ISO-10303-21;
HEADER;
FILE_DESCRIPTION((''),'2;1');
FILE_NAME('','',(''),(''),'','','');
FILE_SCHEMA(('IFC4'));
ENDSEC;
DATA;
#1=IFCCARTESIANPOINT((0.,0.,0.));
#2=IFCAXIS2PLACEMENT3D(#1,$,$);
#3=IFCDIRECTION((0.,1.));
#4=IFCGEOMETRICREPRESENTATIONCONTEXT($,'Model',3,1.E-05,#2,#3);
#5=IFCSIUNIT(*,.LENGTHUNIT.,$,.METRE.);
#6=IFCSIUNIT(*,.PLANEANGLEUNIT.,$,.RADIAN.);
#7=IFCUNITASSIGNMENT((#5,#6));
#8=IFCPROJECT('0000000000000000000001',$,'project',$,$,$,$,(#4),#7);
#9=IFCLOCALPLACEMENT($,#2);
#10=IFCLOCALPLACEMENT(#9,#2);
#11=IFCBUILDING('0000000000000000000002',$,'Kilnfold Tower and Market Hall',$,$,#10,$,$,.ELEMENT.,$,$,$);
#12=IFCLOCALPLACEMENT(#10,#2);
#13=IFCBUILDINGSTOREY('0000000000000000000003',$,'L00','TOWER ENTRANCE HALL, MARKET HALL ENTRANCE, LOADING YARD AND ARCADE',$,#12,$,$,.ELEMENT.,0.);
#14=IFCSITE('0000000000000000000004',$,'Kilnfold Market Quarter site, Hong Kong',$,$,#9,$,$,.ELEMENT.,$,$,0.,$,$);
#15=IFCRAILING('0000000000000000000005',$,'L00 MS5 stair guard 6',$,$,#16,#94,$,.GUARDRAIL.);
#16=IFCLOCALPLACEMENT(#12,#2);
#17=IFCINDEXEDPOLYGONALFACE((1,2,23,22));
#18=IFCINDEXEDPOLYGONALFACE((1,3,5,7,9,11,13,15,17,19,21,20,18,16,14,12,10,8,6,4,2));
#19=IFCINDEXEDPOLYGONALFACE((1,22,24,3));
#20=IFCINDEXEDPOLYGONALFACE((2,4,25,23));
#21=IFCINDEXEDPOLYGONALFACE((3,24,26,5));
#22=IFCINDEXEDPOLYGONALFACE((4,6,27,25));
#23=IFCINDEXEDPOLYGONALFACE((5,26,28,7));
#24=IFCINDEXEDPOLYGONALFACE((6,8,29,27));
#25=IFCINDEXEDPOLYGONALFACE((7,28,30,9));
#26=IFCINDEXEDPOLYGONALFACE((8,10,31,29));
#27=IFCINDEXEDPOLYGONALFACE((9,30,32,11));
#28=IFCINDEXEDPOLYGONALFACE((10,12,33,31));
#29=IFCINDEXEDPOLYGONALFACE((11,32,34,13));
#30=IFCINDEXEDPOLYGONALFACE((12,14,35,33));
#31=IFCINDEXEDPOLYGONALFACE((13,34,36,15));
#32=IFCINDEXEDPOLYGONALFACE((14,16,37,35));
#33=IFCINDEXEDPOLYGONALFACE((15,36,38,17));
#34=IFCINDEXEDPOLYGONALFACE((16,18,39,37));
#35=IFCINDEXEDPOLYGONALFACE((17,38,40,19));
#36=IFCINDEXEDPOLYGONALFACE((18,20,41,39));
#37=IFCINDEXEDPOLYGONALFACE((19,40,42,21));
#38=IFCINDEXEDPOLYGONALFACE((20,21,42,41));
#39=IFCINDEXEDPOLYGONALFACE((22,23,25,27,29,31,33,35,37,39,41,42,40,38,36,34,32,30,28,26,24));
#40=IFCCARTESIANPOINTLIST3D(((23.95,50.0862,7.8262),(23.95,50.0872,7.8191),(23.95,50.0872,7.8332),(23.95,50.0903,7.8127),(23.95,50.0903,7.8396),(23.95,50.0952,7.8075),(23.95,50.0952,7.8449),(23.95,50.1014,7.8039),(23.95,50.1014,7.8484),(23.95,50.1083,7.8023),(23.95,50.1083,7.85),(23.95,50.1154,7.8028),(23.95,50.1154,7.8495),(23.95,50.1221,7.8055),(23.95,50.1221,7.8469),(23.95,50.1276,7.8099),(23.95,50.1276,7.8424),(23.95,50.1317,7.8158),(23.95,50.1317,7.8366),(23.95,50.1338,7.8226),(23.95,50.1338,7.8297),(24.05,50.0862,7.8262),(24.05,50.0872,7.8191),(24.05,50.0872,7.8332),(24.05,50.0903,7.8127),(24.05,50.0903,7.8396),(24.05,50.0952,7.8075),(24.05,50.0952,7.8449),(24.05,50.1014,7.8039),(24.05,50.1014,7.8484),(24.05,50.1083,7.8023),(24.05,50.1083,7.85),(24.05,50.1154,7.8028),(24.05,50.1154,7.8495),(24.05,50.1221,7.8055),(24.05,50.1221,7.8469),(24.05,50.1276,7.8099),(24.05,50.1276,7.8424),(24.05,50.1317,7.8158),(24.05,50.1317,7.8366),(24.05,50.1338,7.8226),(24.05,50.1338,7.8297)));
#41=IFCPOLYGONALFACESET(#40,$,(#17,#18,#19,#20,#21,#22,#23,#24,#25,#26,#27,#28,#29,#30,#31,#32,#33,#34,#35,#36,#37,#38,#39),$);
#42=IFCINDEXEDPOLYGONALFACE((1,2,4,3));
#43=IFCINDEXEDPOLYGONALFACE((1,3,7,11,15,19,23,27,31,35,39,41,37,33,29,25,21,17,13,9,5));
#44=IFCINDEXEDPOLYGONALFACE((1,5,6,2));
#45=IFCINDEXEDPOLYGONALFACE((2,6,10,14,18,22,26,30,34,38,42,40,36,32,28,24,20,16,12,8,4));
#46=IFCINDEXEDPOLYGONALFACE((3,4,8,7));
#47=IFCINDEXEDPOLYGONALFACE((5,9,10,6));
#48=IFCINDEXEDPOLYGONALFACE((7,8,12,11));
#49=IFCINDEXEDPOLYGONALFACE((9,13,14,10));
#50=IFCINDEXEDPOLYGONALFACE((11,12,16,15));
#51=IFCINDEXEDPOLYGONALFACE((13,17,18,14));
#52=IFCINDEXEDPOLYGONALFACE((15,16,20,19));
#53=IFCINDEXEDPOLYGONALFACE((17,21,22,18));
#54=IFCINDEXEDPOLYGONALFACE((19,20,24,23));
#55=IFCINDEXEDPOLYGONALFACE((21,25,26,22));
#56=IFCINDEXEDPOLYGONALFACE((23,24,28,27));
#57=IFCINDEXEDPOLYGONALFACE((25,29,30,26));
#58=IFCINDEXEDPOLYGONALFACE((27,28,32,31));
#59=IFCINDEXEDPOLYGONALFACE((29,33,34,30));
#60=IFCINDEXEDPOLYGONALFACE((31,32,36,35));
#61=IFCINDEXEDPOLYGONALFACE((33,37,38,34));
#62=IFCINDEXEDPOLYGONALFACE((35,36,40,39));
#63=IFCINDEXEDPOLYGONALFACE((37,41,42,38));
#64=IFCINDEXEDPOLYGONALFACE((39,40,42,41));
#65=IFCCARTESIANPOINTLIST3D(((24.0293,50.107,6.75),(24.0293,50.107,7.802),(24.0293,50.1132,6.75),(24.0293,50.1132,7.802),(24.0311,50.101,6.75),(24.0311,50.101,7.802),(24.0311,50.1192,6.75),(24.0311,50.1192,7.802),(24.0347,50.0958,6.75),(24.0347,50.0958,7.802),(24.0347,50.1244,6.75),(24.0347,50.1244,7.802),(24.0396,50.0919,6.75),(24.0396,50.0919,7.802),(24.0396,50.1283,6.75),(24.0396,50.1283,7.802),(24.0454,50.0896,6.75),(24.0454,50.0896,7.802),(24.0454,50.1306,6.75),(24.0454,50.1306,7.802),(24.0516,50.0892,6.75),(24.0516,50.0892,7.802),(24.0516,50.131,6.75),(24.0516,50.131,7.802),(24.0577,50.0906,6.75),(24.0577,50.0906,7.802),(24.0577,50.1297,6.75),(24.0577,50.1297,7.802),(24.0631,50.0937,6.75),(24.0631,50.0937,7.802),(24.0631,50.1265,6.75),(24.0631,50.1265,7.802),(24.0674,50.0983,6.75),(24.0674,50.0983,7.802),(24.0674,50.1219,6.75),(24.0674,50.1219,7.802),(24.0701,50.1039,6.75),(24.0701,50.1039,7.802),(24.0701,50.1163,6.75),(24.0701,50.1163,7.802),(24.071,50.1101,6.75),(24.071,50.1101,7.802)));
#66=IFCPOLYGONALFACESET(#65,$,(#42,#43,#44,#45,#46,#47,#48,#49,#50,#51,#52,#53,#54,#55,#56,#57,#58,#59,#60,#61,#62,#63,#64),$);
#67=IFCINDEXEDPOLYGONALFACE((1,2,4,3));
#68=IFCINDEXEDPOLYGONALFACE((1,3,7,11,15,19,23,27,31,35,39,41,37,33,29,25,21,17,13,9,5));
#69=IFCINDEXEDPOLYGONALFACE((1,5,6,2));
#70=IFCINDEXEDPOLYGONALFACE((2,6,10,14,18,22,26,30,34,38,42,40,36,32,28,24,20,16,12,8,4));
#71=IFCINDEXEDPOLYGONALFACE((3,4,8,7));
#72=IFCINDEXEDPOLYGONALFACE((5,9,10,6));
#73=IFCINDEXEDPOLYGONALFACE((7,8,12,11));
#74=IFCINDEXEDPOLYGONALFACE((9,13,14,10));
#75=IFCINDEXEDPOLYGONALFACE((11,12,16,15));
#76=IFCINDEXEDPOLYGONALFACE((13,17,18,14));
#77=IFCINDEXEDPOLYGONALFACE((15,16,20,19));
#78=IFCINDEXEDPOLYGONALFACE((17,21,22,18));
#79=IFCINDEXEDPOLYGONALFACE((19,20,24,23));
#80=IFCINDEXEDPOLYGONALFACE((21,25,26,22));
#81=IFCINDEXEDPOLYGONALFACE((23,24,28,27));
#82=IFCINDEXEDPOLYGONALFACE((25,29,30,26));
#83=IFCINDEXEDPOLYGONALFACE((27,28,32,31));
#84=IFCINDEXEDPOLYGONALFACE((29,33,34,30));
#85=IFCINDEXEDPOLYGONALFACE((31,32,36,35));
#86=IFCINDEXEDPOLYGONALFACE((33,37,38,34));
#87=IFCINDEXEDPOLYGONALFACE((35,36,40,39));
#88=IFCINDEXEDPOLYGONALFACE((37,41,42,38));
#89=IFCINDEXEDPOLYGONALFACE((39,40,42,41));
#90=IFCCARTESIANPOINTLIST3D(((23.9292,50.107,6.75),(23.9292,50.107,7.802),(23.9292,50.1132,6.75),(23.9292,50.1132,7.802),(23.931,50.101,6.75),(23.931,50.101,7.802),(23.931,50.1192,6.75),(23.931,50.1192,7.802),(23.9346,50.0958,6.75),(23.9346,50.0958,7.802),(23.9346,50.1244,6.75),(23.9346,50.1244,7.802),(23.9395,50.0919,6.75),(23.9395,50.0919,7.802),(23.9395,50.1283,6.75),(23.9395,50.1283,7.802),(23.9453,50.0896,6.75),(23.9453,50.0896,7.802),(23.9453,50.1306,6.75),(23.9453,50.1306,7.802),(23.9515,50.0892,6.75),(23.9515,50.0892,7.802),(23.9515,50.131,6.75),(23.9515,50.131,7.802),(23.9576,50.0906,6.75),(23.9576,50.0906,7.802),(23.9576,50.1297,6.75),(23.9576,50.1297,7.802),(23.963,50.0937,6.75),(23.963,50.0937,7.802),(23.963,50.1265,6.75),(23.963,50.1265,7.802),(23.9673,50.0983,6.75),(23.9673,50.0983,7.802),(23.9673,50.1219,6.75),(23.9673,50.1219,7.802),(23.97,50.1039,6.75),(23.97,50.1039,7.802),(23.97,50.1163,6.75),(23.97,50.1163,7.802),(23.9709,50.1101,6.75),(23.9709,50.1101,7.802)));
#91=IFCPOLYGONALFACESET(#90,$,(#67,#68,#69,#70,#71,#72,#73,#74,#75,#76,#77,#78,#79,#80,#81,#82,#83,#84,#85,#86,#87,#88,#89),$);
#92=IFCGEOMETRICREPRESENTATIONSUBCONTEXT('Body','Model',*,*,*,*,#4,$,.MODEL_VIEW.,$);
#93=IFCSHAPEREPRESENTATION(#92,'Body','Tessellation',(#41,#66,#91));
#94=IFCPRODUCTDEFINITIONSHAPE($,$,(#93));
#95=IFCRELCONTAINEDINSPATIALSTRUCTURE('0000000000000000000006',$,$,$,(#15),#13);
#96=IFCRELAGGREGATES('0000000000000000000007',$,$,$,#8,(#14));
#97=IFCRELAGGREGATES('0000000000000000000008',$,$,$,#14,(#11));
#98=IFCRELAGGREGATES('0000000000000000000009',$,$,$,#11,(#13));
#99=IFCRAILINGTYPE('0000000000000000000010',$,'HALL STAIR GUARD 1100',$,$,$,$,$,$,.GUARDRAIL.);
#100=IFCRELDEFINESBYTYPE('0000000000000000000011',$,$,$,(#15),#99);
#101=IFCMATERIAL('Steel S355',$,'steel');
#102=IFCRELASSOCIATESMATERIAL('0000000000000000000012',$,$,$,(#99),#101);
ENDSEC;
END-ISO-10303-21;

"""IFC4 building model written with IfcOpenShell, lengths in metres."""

from ifc_helpers import new_model, si_unit, direction, frame, origin, origin_2d, place, context, subcontext, project, spatial, circle, extrude, material, type_object, element, save


model = new_model("IFC4")

# Units and contexts
model_context = context("Model", 3, precision=1e-05, world=origin(), true_north=direction((0.0, 1.0)))
body_context = subcontext(model_context, "Body", "Model", "MODEL_VIEW")
ifc_project = project(units=[si_unit("LENGTHUNIT", "METRE"), si_unit("PLANEANGLEUNIT", "RADIAN")], contexts=[model_context])

# Site, building, storey
site_placement = place(None, origin())
site = spatial("IfcSite", under=ifc_project, at=site_placement, Name="Kilnfold Market Quarter site, Hong Kong", CompositionType="ELEMENT", RefElevation=0.0)
building_placement = place(site_placement, origin())
building = spatial("IfcBuilding", under=site, at=building_placement, Name="Kilnfold Tower and Market Hall", CompositionType="ELEMENT")
storey_placement = place(building_placement, origin())
storey = spatial("IfcBuildingStorey", under=building, at=storey_placement, Name="L00", Description="TOWER ENTRANCE HALL, MARKET HALL ENTRANCE, LOADING YARD AND ARCADE", CompositionType="ELEMENT", Elevation=0.0)

# Railing
ifc_material_1 = material(Name="Steel S355", Category="steel")
railing_type_1 = type_object("IfcRailingType", Name="HALL STAIR GUARD 1100", PredefinedType="GUARDRAIL", material=ifc_material_1)
railing_1_placement = place(storey_placement, frame((24.05, 50.1101, 6.75)))
element("IfcRailing", 1, at=railing_1_placement, inside=storey, type_object=railing_type_1, Name="L00 MS5 stair guard 6", PredefinedType="GUARDRAIL", context=body_context, shape_type="SweptSolid", body=[
    extrude(circle(Radius=0.0239, at=origin_2d()), frame((0.0, 0.0, 1.0762), z_axis=(-1.0, 0.0, 0.0), x_axis=(0.0, -1.0, 0.0)), (0.0, 0.0, 1.0), 0.1001),
    extrude(circle(Radius=0.021, at=origin_2d()), origin(), (0.0, 0.0, 1.0), 1.052),
    extrude(circle(Radius=0.021, at=origin_2d()), frame((-0.1001, 0.0, 0.0)), (0.0, 0.0, 1.0), 1.052),
])

save(model, "model.ifc")
